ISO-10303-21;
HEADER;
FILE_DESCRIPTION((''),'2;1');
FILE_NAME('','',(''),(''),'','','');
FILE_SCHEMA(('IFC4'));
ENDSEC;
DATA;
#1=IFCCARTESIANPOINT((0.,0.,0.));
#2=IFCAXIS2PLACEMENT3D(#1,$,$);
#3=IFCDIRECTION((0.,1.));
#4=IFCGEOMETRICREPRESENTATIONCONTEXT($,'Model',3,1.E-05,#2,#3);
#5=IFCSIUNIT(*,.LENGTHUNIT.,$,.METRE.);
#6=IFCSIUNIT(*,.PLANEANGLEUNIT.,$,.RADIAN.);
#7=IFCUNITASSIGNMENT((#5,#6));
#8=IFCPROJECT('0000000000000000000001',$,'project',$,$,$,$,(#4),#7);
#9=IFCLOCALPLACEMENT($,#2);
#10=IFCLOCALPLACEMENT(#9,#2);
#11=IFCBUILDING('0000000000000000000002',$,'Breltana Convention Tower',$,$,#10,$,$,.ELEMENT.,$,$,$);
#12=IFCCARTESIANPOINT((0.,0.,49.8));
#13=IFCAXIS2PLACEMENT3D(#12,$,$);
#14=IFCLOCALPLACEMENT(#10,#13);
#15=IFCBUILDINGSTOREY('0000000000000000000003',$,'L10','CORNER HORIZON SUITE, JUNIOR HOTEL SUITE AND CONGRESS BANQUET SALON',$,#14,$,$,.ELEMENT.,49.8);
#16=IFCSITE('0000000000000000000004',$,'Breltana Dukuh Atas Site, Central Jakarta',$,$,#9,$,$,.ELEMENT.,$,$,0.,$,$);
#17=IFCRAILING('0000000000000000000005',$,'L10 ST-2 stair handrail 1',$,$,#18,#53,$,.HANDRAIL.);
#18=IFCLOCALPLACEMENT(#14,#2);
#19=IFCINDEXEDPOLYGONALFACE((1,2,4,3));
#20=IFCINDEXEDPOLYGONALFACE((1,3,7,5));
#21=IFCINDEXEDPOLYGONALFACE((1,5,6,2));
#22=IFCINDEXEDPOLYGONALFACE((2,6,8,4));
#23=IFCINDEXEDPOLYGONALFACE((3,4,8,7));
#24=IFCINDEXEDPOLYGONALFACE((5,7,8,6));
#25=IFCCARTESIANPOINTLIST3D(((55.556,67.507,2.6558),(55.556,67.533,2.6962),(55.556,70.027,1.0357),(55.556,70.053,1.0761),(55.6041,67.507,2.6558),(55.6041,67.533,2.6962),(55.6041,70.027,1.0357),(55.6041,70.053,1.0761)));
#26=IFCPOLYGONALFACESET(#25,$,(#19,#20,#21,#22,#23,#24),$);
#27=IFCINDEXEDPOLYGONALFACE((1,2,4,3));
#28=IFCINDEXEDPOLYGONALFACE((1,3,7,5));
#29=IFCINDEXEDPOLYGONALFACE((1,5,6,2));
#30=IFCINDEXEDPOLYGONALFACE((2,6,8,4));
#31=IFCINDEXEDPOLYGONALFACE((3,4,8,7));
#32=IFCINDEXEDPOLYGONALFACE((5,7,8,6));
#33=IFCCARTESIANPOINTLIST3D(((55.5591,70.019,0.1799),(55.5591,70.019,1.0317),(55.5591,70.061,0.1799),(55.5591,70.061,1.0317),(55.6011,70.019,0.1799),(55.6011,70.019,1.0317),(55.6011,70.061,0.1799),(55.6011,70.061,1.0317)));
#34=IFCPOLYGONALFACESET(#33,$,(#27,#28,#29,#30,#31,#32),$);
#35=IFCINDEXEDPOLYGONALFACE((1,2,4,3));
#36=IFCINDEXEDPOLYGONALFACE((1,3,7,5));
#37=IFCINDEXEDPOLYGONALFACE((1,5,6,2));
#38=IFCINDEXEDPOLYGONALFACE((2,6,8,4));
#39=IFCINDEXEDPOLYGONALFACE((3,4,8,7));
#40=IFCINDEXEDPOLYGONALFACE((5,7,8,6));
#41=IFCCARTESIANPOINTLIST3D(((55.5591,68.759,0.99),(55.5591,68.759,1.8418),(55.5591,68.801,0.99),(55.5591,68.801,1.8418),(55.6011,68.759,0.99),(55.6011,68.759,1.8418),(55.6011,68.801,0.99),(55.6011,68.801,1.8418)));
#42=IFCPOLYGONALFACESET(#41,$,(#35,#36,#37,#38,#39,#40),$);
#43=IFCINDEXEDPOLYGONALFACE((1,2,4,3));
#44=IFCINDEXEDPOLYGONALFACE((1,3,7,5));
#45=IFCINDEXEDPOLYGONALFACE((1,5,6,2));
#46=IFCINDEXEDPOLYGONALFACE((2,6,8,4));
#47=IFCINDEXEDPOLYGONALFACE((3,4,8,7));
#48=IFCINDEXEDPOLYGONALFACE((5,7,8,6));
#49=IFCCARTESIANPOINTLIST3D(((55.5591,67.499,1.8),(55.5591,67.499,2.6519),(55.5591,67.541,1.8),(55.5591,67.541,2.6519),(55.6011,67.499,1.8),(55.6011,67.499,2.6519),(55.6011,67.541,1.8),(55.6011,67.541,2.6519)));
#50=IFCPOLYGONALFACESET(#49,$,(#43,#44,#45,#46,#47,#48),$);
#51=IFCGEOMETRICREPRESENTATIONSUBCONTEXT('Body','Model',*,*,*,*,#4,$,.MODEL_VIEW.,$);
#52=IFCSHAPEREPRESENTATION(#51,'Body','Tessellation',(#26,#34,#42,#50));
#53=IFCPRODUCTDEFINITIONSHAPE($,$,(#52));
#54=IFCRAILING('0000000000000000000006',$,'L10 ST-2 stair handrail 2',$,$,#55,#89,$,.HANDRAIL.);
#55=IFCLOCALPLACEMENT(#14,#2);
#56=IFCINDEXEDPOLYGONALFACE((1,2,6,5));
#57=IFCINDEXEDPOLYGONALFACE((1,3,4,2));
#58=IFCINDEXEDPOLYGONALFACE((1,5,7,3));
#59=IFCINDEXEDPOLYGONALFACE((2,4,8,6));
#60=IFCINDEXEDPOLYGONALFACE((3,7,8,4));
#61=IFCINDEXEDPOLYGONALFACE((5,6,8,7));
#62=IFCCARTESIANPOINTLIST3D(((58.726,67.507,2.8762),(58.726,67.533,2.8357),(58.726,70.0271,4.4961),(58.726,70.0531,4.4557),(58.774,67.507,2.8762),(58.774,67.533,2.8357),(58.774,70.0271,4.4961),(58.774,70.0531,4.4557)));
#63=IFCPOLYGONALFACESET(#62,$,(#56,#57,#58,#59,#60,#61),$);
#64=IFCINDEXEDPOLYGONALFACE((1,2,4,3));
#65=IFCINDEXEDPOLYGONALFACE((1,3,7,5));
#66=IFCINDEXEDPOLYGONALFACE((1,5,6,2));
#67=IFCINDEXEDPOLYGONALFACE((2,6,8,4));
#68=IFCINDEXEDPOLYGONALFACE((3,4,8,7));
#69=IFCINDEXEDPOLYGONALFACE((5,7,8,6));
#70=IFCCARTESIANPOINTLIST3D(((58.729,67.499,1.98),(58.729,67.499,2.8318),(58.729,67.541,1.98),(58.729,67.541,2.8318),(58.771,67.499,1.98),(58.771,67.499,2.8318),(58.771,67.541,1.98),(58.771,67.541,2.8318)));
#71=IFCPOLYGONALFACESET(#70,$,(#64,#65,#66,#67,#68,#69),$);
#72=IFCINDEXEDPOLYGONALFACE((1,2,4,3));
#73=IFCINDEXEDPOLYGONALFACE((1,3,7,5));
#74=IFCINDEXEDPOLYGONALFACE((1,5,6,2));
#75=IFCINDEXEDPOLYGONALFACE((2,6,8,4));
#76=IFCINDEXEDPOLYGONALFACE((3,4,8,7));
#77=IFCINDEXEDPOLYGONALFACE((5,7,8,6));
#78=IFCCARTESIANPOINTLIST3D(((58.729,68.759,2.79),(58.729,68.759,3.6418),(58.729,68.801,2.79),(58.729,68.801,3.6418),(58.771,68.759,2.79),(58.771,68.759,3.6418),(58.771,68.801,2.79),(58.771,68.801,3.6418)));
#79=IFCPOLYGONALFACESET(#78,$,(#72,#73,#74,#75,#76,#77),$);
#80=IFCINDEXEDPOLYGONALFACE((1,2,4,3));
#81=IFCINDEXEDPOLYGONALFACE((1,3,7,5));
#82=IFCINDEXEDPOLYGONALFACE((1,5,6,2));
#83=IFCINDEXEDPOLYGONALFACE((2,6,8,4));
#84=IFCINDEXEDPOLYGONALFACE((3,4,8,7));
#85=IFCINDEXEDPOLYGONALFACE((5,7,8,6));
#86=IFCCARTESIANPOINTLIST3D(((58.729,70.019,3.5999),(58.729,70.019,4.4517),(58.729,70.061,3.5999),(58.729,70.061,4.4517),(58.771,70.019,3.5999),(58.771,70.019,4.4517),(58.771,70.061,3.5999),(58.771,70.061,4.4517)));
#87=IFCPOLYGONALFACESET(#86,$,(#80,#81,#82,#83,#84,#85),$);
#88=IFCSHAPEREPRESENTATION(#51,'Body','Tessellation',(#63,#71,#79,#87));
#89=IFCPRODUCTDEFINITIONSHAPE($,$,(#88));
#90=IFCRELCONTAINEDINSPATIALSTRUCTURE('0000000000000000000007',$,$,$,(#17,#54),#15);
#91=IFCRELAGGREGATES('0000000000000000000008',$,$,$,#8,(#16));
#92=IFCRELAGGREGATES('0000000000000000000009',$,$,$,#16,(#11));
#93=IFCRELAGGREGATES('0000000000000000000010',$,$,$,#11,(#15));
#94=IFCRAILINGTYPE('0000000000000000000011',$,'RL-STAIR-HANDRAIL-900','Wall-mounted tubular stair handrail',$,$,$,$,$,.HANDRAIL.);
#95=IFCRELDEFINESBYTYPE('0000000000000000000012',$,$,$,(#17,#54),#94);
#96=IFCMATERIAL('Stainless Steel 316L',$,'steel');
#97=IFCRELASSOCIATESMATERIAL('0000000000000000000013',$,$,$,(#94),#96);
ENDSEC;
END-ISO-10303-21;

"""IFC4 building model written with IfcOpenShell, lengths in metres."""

from ifc_helpers import new_model, si_unit, direction, frame, origin, origin_2d, place, context, subcontext, project, spatial, rectangle, extrude, material, type_object, element, save


model = new_model("IFC4")

# Units and contexts
model_context = context("Model", 3, precision=1e-05, world=origin(), true_north=direction((0.0, 1.0)))
body_context = subcontext(model_context, "Body", "Model", "MODEL_VIEW")
ifc_project = project(units=[si_unit("LENGTHUNIT", "METRE"), si_unit("PLANEANGLEUNIT", "RADIAN")], contexts=[model_context])

# Site, building, storey
site_placement = place(None, origin())
site = spatial("IfcSite", under=ifc_project, at=site_placement, Name="Breltana Dukuh Atas Site, Central Jakarta", CompositionType="ELEMENT", RefElevation=0.0)
building_placement = place(site_placement, origin())
building = spatial("IfcBuilding", under=site, at=building_placement, Name="Breltana Convention Tower", CompositionType="ELEMENT")
storey_placement = place(building_placement, frame((0.0, 0.0, 49.8)))
storey = spatial("IfcBuildingStorey", under=building, at=storey_placement, Name="L10", Description="CORNER HORIZON SUITE, JUNIOR HOTEL SUITE AND CONGRESS BANQUET SALON", CompositionType="ELEMENT", Elevation=49.8)

# Railings
ifc_material_1 = material(Name="Stainless Steel 316L", Category="steel")
railing_type_1 = type_object("IfcRailingType", Name="RL-STAIR-HANDRAIL-900", Description="Wall-mounted tubular stair handrail", PredefinedType="HANDRAIL", material=ifc_material_1)
railing_1_placement = place(storey_placement, frame((55.5801, 70.04, 0.1799)))
element("IfcRailing", 1, at=railing_1_placement, inside=storey, type_object=railing_type_1, Name="L10 ST-2 stair handrail 1", PredefinedType="HANDRAIL", context=body_context, shape_type="SweptSolid", body=[
    extrude(rectangle(XDim=0.0481, YDim=0.0481, at=origin_2d()), frame((0.0, 0.0, 0.876), z_axis=(0.0, -0.841163, 0.540782), x_axis=(1.0, 0.0, 0.0)), (0.0, 0.0, 1.0), 2.9958),
    extrude(rectangle(XDim=0.042, YDim=0.042, at=origin_2d()), origin(), (0.0, 0.0, 1.0), 0.8518),
    extrude(rectangle(XDim=0.042, YDim=0.042, at=origin_2d()), frame((0.0, -1.26, 0.8101)), (0.0, 0.0, 1.0), 0.8518),
    extrude(rectangle(XDim=0.042, YDim=0.042, at=origin_2d()), frame((0.0, -2.52, 1.6201)), (0.0, 0.0, 1.0), 0.8518),
])
railing_2_placement = place(storey_placement, frame((58.75, 67.52, 1.98)))
element("IfcRailing", 2, at=railing_2_placement, inside=storey, type_object=railing_type_1, Name="L10 ST-2 stair handrail 2", PredefinedType="HANDRAIL", context=body_context, shape_type="SweptSolid", body=[
    extrude(rectangle(XDim=0.0481, YDim=0.0481, at=origin_2d()), frame((0.0, 0.0, 0.876), z_axis=(0.0, 0.8412, 0.540725), x_axis=(-1.0, 0.0, 0.0)), (0.0, 0.0, 1.0), 2.9958),
    extrude(rectangle(XDim=0.042, YDim=0.042, at=origin_2d()), origin(), (0.0, 0.0, 1.0), 0.8518),
    extrude(rectangle(XDim=0.042, YDim=0.042, at=origin_2d()), frame((0.0, 1.26, 0.8101)), (0.0, 0.0, 1.0), 0.8518),
    extrude(rectangle(XDim=0.042, YDim=0.042, at=origin_2d()), frame((0.0, 2.52, 1.6199)), (0.0, 0.0, 1.0), 0.8518),
])

save(model, "model.ifc")
